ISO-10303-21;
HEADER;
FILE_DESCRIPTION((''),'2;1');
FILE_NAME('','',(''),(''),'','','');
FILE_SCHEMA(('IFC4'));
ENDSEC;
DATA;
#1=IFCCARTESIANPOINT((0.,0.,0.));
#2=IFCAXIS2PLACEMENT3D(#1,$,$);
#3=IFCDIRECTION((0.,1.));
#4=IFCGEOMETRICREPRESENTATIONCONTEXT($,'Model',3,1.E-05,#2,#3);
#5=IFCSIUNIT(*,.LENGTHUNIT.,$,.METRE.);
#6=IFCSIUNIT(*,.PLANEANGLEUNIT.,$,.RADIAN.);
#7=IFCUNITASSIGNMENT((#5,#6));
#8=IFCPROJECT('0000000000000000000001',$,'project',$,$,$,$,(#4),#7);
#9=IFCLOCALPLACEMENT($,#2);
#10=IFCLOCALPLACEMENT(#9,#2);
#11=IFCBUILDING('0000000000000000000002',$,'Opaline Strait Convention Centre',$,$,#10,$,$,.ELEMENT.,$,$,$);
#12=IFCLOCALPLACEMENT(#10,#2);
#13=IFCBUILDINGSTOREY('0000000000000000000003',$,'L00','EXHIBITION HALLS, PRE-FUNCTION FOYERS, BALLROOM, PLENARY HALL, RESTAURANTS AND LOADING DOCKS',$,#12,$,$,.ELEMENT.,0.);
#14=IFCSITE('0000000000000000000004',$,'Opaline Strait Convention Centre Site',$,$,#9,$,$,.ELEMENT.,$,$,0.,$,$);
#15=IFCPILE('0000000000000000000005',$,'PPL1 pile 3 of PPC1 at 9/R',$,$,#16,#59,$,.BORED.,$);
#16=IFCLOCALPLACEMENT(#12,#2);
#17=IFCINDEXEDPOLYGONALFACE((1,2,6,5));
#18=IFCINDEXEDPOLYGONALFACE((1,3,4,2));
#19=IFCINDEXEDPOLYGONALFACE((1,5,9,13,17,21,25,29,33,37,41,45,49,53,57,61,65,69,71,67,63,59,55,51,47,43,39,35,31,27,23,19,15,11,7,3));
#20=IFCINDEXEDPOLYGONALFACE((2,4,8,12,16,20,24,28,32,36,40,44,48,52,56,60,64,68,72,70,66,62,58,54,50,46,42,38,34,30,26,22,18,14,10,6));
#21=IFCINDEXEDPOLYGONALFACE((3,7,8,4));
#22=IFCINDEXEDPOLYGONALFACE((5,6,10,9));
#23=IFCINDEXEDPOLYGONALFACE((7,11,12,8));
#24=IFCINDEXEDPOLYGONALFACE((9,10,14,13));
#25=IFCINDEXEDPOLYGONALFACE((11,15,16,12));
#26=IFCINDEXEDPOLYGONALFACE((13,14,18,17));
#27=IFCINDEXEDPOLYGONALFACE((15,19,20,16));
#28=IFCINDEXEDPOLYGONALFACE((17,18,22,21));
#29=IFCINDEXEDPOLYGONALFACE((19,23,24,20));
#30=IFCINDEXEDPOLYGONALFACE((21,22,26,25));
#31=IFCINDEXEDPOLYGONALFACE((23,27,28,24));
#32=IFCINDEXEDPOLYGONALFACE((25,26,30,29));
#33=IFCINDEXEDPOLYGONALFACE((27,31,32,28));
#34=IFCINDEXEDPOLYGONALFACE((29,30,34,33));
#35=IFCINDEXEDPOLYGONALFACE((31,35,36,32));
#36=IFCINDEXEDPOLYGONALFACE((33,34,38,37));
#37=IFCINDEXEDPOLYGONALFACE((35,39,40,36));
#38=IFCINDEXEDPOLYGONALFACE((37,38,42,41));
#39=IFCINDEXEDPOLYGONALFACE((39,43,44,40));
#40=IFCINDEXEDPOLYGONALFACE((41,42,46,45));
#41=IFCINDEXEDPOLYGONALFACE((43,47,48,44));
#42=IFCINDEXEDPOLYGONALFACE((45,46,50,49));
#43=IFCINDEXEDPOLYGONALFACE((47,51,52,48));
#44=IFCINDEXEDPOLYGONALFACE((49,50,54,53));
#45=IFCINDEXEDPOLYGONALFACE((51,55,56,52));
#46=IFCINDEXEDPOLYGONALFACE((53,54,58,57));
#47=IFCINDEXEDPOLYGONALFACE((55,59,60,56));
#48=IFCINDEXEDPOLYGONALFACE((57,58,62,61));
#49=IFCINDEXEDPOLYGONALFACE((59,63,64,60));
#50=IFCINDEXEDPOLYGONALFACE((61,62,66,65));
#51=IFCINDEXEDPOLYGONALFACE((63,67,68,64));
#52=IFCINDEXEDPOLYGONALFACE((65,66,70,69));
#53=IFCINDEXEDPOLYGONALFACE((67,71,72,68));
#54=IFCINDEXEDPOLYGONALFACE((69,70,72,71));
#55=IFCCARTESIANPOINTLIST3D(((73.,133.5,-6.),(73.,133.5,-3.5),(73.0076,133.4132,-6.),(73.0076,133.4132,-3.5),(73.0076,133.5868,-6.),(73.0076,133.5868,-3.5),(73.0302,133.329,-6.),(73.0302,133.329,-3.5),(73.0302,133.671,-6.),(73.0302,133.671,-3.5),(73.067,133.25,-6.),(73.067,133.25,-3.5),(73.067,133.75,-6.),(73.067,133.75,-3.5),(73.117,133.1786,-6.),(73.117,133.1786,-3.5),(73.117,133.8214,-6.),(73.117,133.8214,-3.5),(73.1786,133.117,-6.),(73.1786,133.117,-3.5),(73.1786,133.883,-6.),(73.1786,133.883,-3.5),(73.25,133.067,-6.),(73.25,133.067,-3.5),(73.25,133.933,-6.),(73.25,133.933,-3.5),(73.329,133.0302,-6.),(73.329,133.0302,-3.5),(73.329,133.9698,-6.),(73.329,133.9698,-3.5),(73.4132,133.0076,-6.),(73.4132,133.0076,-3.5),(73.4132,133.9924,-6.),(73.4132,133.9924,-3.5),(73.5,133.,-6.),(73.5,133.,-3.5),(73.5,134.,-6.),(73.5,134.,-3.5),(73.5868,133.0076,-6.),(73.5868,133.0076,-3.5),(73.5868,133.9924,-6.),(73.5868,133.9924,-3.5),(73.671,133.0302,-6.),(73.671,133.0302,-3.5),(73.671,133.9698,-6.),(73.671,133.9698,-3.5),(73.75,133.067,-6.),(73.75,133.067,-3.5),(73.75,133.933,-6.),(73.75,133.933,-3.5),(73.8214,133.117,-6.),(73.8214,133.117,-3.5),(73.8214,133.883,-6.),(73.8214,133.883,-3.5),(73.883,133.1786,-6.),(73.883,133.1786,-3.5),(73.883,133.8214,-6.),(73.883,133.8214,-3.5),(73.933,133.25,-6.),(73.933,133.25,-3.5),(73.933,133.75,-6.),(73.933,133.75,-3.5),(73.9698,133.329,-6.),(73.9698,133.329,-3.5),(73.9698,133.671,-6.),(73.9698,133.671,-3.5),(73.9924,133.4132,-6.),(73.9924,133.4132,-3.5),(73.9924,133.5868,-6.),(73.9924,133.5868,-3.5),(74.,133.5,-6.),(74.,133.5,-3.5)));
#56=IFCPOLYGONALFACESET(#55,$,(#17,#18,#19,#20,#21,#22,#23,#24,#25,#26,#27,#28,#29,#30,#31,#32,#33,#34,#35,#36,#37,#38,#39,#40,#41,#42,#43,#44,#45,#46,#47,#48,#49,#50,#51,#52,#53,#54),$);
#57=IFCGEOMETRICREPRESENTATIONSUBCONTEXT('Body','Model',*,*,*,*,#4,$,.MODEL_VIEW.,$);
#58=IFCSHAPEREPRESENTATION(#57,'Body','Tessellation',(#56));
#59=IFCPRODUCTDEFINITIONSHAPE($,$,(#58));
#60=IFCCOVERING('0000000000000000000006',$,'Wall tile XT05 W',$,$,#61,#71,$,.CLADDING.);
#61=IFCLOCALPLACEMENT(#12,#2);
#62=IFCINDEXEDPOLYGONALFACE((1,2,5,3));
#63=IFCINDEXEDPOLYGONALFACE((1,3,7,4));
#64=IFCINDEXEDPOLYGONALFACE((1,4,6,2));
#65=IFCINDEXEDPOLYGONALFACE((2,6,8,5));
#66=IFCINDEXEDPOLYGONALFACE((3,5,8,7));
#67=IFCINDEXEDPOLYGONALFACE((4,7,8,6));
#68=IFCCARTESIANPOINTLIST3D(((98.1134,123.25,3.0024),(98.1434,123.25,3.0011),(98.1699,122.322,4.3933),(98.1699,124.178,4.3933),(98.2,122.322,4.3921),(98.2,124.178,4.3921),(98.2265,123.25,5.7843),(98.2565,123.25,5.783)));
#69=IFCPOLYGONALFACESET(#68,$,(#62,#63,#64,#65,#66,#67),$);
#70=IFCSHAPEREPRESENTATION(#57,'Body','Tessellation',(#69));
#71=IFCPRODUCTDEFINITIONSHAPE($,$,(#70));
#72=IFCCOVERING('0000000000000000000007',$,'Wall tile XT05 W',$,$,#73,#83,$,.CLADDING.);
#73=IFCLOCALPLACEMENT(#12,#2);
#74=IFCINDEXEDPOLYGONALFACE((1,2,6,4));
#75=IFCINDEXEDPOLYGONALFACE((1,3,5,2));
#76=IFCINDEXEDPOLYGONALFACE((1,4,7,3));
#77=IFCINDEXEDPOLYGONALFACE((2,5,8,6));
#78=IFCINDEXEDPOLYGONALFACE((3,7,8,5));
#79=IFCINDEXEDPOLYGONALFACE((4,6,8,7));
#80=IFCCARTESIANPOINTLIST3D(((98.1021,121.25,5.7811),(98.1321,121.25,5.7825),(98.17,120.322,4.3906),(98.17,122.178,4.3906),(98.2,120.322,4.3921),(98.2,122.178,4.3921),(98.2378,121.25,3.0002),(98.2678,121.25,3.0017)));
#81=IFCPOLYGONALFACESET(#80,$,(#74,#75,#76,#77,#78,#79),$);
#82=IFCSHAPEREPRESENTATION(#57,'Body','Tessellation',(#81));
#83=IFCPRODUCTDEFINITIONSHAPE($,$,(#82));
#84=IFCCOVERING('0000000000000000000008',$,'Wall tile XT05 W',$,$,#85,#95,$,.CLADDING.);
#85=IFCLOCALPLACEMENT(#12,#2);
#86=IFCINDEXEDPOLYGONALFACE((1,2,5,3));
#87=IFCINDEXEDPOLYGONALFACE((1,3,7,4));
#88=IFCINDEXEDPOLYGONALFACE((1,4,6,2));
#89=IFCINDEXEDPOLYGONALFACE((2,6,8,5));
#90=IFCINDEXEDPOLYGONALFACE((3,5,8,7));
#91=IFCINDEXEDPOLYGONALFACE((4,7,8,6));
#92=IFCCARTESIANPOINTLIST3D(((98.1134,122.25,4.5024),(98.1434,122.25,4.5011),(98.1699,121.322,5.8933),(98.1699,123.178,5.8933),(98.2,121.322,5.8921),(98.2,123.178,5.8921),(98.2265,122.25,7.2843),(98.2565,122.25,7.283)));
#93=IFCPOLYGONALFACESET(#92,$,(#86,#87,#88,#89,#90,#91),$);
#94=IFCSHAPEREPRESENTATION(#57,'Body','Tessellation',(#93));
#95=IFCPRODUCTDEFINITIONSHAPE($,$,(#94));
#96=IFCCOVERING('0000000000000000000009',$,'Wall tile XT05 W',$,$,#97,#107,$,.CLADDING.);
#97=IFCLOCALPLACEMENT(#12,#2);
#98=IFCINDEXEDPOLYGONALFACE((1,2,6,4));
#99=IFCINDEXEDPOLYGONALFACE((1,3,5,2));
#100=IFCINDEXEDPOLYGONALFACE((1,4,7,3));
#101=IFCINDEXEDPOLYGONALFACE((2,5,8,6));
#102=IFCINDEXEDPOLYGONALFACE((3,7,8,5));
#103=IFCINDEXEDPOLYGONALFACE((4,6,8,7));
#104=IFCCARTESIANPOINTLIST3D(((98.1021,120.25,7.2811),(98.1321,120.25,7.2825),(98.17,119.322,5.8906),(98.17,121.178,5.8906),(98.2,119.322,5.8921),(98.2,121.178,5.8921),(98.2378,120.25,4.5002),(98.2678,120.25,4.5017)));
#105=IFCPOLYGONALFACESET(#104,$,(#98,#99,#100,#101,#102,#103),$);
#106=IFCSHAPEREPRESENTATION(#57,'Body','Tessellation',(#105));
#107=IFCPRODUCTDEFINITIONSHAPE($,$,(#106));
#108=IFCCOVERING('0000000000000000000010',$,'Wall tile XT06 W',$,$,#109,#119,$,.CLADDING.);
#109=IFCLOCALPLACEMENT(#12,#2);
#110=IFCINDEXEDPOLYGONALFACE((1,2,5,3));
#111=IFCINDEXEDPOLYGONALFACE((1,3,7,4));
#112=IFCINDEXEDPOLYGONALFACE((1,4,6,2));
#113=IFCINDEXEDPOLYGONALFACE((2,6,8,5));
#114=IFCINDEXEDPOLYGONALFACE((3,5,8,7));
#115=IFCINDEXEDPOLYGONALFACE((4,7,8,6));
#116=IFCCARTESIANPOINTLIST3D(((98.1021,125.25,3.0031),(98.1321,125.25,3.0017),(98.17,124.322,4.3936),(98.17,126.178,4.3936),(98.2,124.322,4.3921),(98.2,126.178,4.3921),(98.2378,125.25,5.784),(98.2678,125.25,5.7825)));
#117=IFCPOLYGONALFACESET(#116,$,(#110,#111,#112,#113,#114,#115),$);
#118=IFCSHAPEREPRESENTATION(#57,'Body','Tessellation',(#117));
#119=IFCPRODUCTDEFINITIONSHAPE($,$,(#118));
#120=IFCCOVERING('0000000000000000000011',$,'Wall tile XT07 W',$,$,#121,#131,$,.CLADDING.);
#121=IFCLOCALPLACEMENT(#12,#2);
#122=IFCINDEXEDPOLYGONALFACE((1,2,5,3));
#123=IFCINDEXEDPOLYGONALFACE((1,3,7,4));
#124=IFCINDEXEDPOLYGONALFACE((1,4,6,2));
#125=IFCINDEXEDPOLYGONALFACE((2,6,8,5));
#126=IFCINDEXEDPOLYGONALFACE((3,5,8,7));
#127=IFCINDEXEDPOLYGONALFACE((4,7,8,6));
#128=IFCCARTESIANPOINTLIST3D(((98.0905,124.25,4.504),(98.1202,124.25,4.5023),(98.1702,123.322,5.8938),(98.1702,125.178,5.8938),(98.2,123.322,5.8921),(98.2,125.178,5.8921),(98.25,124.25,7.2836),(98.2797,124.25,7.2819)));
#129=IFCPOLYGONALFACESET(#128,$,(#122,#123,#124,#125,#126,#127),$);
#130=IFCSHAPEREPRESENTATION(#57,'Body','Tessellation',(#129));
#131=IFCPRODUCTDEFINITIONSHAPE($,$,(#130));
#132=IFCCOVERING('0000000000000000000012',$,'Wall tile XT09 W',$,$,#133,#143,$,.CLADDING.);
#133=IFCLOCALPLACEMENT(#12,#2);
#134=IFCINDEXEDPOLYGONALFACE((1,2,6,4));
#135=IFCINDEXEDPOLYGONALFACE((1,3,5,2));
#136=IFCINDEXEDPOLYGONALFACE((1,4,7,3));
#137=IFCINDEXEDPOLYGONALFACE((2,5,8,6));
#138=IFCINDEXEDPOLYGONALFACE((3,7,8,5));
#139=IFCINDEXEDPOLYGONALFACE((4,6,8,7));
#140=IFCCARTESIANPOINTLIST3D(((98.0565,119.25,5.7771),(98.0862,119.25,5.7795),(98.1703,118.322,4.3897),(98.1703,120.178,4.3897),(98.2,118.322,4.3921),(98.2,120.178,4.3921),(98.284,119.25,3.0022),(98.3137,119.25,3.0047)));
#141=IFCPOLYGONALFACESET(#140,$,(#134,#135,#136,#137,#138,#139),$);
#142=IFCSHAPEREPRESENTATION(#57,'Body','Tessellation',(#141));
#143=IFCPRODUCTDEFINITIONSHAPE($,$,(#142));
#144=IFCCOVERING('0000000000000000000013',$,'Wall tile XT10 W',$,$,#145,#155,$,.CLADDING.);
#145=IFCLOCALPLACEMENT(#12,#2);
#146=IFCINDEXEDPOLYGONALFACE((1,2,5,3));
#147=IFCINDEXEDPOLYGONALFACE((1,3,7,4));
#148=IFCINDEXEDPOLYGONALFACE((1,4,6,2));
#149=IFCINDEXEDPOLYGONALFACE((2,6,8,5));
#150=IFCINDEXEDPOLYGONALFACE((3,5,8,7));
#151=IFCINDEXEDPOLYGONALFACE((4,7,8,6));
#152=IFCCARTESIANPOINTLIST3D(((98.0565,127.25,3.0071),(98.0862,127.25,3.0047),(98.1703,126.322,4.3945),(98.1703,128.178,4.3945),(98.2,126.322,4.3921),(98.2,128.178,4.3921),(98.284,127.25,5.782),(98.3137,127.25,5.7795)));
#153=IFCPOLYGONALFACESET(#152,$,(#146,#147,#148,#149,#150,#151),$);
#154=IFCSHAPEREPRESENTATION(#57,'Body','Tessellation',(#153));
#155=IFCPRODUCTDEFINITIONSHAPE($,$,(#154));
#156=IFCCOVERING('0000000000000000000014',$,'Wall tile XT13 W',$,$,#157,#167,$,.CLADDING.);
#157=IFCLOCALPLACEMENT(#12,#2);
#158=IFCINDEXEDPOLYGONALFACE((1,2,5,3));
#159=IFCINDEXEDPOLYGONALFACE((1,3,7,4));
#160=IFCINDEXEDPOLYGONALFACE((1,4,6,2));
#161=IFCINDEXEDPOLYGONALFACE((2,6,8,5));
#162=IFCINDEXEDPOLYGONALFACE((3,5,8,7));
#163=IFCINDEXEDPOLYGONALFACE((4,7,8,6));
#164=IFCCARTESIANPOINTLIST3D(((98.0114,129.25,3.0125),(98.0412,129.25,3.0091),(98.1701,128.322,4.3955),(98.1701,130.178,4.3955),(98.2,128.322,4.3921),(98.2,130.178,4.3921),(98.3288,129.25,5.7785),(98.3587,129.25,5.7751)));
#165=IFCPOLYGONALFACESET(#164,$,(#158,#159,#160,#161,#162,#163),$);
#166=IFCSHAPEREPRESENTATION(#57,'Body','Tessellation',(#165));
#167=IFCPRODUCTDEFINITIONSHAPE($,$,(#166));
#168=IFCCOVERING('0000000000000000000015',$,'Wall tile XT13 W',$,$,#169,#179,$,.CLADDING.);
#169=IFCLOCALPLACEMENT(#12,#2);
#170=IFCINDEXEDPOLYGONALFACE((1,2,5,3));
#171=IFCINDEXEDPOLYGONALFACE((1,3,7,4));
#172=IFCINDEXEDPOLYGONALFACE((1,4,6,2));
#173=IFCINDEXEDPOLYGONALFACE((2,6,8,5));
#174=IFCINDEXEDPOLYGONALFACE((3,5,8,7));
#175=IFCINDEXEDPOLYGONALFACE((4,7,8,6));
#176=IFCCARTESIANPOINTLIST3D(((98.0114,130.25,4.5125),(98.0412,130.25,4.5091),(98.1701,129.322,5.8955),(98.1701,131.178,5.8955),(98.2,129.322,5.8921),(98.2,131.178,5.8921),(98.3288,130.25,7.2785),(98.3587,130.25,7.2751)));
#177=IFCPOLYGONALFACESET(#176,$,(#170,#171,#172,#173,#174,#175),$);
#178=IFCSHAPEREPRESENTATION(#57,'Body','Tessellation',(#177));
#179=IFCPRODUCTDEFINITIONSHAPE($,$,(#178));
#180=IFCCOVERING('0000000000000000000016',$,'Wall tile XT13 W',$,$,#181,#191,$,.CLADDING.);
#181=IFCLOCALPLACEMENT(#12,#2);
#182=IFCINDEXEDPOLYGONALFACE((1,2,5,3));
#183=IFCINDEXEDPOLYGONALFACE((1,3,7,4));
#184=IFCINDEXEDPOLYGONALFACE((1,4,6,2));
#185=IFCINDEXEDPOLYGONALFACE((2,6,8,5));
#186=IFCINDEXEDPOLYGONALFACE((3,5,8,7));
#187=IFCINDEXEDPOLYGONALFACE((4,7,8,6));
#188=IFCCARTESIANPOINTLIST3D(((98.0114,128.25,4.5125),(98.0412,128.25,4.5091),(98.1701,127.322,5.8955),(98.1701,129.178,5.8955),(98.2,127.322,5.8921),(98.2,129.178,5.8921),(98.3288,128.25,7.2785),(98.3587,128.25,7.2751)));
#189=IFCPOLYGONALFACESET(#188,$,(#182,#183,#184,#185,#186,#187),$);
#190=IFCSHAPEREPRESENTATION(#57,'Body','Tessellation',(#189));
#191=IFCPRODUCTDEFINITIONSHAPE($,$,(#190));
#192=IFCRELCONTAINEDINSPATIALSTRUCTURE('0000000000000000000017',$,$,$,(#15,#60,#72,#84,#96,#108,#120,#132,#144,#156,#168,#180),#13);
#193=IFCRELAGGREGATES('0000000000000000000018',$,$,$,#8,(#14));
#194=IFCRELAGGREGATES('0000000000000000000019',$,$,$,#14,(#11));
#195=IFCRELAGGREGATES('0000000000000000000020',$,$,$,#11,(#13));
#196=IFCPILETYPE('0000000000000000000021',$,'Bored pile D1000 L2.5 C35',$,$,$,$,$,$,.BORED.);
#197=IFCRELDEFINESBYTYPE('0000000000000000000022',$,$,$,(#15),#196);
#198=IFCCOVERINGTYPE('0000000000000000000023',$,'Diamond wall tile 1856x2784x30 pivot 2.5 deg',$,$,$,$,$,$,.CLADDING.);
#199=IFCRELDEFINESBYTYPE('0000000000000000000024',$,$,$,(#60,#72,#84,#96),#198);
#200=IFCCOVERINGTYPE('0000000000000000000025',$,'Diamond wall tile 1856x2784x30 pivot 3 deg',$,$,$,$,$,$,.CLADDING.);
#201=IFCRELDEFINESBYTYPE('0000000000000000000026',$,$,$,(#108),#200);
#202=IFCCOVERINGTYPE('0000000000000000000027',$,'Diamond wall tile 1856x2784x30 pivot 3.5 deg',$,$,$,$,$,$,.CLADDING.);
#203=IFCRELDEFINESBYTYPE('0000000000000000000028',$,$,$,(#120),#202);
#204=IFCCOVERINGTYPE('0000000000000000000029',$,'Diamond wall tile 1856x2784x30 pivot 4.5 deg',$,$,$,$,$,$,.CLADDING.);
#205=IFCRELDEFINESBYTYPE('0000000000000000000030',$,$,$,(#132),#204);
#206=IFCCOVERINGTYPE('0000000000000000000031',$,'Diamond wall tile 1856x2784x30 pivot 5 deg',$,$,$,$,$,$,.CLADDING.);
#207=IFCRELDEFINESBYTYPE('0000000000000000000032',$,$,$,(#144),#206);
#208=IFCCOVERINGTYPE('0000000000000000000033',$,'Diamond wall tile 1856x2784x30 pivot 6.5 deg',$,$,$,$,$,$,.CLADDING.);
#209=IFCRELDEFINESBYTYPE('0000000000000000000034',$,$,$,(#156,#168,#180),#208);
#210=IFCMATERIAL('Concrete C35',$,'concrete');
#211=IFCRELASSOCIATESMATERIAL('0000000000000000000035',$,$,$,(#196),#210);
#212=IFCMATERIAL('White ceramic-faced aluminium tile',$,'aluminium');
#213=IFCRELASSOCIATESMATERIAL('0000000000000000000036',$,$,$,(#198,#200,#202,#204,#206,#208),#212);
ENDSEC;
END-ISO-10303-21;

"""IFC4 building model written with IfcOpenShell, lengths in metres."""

from ifc_helpers import new_model, si_unit, direction, frame, origin, origin_2d, place, context, subcontext, project, spatial, polyline, circle, outline, extrude, material, material_profile, profile_set, type_object, element, save


model = new_model("IFC4")

# Units and contexts
model_context = context("Model", 3, precision=1e-05, world=origin(), true_north=direction((0.0, 1.0)))
body_context = subcontext(model_context, "Body", "Model", "MODEL_VIEW")
ifc_project = project(units=[si_unit("LENGTHUNIT", "METRE"), si_unit("PLANEANGLEUNIT", "RADIAN")], contexts=[model_context])

# Site, building, storey
site_placement = place(None, origin())
site = spatial("IfcSite", under=ifc_project, at=site_placement, Name="Opaline Strait Convention Centre Site", CompositionType="ELEMENT", RefElevation=0.0)
building_placement = place(site_placement, origin())
building = spatial("IfcBuilding", under=site, at=building_placement, Name="Opaline Strait Convention Centre", CompositionType="ELEMENT")
storey_placement = place(building_placement, origin())
storey = spatial("IfcBuildingStorey", under=building, at=storey_placement, Name="L00", Description="EXHIBITION HALLS, PRE-FUNCTION FOYERS, BALLROOM, PLENARY HALL, RESTAURANTS AND LOADING DOCKS", CompositionType="ELEMENT", Elevation=0.0)

# Pile
ifc_material_1 = material(Name="Concrete C35", Category="concrete")
ifc_material_profile_1 = material_profile(ifc_material_1, circle(Radius=0.5, at=origin_2d()), Name="D1000")
ifc_profile_set_1 = profile_set([ifc_material_profile_1], Name="Concrete C35")
pile_type_1 = type_object("IfcPileType", Name="Bored pile D1000 L2.5 C35", PredefinedType="BORED", material=ifc_profile_set_1)
for number, where, z_axis, x_axis, name in (
    (1, (73.5, 133.5, -3.5), (0.0, 0.0, -1.0), (1.0, 0.0, 0.0), "PPL1 pile 3 of PPC1 at 9/R"),
):
    element("IfcPile", number, at=place(storey_placement, frame(where, z_axis=z_axis, x_axis=x_axis)), inside=storey, type_object=pile_type_1, Name=name, PredefinedType="BORED", context=body_context, shape_type="SweptSolid", body=[
        extrude(circle(Radius=0.5, at=origin_2d()), origin(), (0.0, 0.0, 1.0), 2.5),
    ])

# Coverings
ifc_material_2 = material(Name="White ceramic-faced aluminium tile", Category="aluminium")
ifc_material_profile_2 = material_profile(ifc_material_2, outline(polyline([(0.928, 0.0), (0.0, 1.3921), (-0.928, 0.0), (0.0, -1.3921), (0.928, 0.0)])), Name="Diamond tile 1856x2784")
ifc_profile_set_2 = profile_set([ifc_material_profile_2], Name="White ceramic-faced aluminium tile")
covering_type_1 = type_object("IfcCoveringType", Name="Diamond wall tile 1856x2784x30 pivot 2.5 deg", PredefinedType="CLADDING", material=ifc_profile_set_2)
for number, where, z_axis, x_axis, name in (
    (2, (98.2, 123.25, 4.3921), (-0.999175, 0.0, 0.040617), (0.0, -1.0, 0.0), "Wall tile XT05 W"),
    (3, (98.2, 121.25, 4.3921), (-0.998812, 0.0, -0.048723), (0.0, -1.0, 0.0), "Wall tile XT05 W"),
    (4, (98.2, 122.25, 5.8921), (-0.999175, 0.0, 0.040617), (0.0, -1.0, 0.0), "Wall tile XT05 W"),
    (5, (98.2, 120.25, 5.8921), (-0.998812, 0.0, -0.048723), (0.0, -1.0, 0.0), "Wall tile XT05 W"),
):
    element("IfcCovering", number, at=place(storey_placement, frame(where, z_axis=z_axis, x_axis=x_axis)), inside=storey, type_object=covering_type_1, Name=name, PredefinedType="CLADDING", context=body_context, shape_type="SweptSolid", body=[
        extrude(outline(polyline([(0.928, 0.0), (0.0, 1.3921), (-0.928, 0.0), (0.0, -1.3921), (0.928, 0.0)])), origin(), (0.0, 0.0, 1.0), 0.03),
    ])
ifc_material_profile_3 = material_profile(ifc_material_2, outline(polyline([(0.928, 0.0), (0.0, 1.3921), (-0.928, 0.0), (0.0, -1.3921), (0.928, 0.0)])), Name="Diamond tile 1856x2784")
ifc_profile_set_3 = profile_set([ifc_material_profile_3], Name="White ceramic-faced aluminium tile")
covering_type_2 = type_object("IfcCoveringType", Name="Diamond wall tile 1856x2784x30 pivot 3 deg", PredefinedType="CLADDING", material=ifc_profile_set_3)
covering_1_placement = place(storey_placement, frame((98.2, 125.25, 4.3921), z_axis=(-0.998812, 0.0, 0.048723), x_axis=(0.0, -1.0, 0.0)))
element("IfcCovering", 6, at=covering_1_placement, inside=storey, type_object=covering_type_2, Name="Wall tile XT06 W", PredefinedType="CLADDING", context=body_context, shape_type="SweptSolid", body=[
    extrude(outline(polyline([(0.928, 0.0), (0.0, 1.3921), (-0.928, 0.0), (0.0, -1.3921), (0.928, 0.0)])), origin(), (0.0, 0.0, 1.0), 0.03),
])
ifc_material_profile_4 = material_profile(ifc_material_2, outline(polyline([(0.928, 0.0), (0.0, 1.3921), (-0.928, 0.0), (0.0, -1.3921), (0.928, 0.0)])), Name="Diamond tile 1856x2784")
ifc_profile_set_4 = profile_set([ifc_material_profile_4], Name="White ceramic-faced aluminium tile")
covering_type_3 = type_object("IfcCoveringType", Name="Diamond wall tile 1856x2784x30 pivot 3.5 deg", PredefinedType="CLADDING", material=ifc_profile_set_4)
covering_2_placement = place(storey_placement, frame((98.2, 124.25, 5.8921), z_axis=(-0.998358, 0.0, 0.057283), x_axis=(0.0, -1.0, 0.0)))
element("IfcCovering", 7, at=covering_2_placement, inside=storey, type_object=covering_type_3, Name="Wall tile XT07 W", PredefinedType="CLADDING", context=body_context, shape_type="SweptSolid", body=[
    extrude(outline(polyline([(0.928, 0.0), (0.0, 1.3921), (-0.928, 0.0), (0.0, -1.3921), (0.928, 0.0)])), origin(), (0.0, 0.0, 1.0), 0.0298),
])
ifc_material_profile_5 = material_profile(ifc_material_2, outline(polyline([(0.928, 0.0), (0.0, 1.3921), (-0.928, 0.0), (0.0, -1.3921), (0.928, 0.0)])), Name="Diamond tile 1856x2784")
ifc_profile_set_5 = profile_set([ifc_material_profile_5], Name="White ceramic-faced aluminium tile")
covering_type_4 = type_object("IfcCoveringType", Name="Diamond wall tile 1856x2784x30 pivot 4.5 deg", PredefinedType="CLADDING", material=ifc_profile_set_5)
covering_3_placement = place(storey_placement, frame((98.2, 119.25, 4.3921), z_axis=(-0.996658, 0.0, -0.081693), x_axis=(0.0, -1.0, 0.0)))
element("IfcCovering", 8, at=covering_3_placement, inside=storey, type_object=covering_type_4, Name="Wall tile XT09 W", PredefinedType="CLADDING", context=body_context, shape_type="SweptSolid", body=[
    extrude(outline(polyline([(0.928, 0.0), (0.0, 1.3921), (-0.928, 0.0), (0.0, -1.3921), (0.928, 0.0)])), origin(), (0.0, 0.0, 1.0), 0.0298),
])
ifc_material_profile_6 = material_profile(ifc_material_2, outline(polyline([(0.928, 0.0), (0.0, 1.3921), (-0.928, 0.0), (0.0, -1.3921), (0.928, 0.0)])), Name="Diamond tile 1856x2784")
ifc_profile_set_6 = profile_set([ifc_material_profile_6], Name="White ceramic-faced aluminium tile")
covering_type_5 = type_object("IfcCoveringType", Name="Diamond wall tile 1856x2784x30 pivot 5 deg", PredefinedType="CLADDING", material=ifc_profile_set_6)
covering_4_placement = place(storey_placement, frame((98.2, 127.25, 4.3921), z_axis=(-0.996658, 0.0, 0.081693), x_axis=(0.0, -1.0, 0.0)))
element("IfcCovering", 9, at=covering_4_placement, inside=storey, type_object=covering_type_5, Name="Wall tile XT10 W", PredefinedType="CLADDING", context=body_context, shape_type="SweptSolid", body=[
    extrude(outline(polyline([(0.928, 0.0), (0.0, 1.3921), (-0.928, 0.0), (0.0, -1.3921), (0.928, 0.0)])), origin(), (0.0, 0.0, 1.0), 0.0298),
])
ifc_material_profile_7 = material_profile(ifc_material_2, outline(polyline([(0.928, 0.0), (0.0, 1.3921), (-0.928, 0.0), (0.0, -1.3921), (0.928, 0.0)])), Name="Diamond tile 1856x2784")
ifc_profile_set_7 = profile_set([ifc_material_profile_7], Name="White ceramic-faced aluminium tile")
covering_type_6 = type_object("IfcCoveringType", Name="Diamond wall tile 1856x2784x30 pivot 6.5 deg", PredefinedType="CLADDING", material=ifc_profile_set_7)
for number, where, z_axis, x_axis, name in (
    (10, (98.2, 129.25, 4.3921), (-0.99348, 0.0, 0.114006), (0.0, -1.0, 0.0), "Wall tile XT13 W"),
    (11, (98.2, 130.25, 5.8921), (-0.99348, 0.0, 0.114006), (0.0, -1.0, 0.0), "Wall tile XT13 W"),
    (12, (98.2, 128.25, 5.8921), (-0.99348, 0.0, 0.114006), (0.0, -1.0, 0.0), "Wall tile XT13 W"),
):
    element("IfcCovering", number, at=place(storey_placement, frame(where, z_axis=z_axis, x_axis=x_axis)), inside=storey, type_object=covering_type_6, Name=name, PredefinedType="CLADDING", context=body_context, shape_type="SweptSolid", body=[
        extrude(outline(polyline([(0.928, 0.0), (0.0, 1.3921), (-0.928, 0.0), (0.0, -1.3921), (0.928, 0.0)])), origin(), (0.0, 0.0, 1.0), 0.03),
    ])

save(model, "model.ifc")
